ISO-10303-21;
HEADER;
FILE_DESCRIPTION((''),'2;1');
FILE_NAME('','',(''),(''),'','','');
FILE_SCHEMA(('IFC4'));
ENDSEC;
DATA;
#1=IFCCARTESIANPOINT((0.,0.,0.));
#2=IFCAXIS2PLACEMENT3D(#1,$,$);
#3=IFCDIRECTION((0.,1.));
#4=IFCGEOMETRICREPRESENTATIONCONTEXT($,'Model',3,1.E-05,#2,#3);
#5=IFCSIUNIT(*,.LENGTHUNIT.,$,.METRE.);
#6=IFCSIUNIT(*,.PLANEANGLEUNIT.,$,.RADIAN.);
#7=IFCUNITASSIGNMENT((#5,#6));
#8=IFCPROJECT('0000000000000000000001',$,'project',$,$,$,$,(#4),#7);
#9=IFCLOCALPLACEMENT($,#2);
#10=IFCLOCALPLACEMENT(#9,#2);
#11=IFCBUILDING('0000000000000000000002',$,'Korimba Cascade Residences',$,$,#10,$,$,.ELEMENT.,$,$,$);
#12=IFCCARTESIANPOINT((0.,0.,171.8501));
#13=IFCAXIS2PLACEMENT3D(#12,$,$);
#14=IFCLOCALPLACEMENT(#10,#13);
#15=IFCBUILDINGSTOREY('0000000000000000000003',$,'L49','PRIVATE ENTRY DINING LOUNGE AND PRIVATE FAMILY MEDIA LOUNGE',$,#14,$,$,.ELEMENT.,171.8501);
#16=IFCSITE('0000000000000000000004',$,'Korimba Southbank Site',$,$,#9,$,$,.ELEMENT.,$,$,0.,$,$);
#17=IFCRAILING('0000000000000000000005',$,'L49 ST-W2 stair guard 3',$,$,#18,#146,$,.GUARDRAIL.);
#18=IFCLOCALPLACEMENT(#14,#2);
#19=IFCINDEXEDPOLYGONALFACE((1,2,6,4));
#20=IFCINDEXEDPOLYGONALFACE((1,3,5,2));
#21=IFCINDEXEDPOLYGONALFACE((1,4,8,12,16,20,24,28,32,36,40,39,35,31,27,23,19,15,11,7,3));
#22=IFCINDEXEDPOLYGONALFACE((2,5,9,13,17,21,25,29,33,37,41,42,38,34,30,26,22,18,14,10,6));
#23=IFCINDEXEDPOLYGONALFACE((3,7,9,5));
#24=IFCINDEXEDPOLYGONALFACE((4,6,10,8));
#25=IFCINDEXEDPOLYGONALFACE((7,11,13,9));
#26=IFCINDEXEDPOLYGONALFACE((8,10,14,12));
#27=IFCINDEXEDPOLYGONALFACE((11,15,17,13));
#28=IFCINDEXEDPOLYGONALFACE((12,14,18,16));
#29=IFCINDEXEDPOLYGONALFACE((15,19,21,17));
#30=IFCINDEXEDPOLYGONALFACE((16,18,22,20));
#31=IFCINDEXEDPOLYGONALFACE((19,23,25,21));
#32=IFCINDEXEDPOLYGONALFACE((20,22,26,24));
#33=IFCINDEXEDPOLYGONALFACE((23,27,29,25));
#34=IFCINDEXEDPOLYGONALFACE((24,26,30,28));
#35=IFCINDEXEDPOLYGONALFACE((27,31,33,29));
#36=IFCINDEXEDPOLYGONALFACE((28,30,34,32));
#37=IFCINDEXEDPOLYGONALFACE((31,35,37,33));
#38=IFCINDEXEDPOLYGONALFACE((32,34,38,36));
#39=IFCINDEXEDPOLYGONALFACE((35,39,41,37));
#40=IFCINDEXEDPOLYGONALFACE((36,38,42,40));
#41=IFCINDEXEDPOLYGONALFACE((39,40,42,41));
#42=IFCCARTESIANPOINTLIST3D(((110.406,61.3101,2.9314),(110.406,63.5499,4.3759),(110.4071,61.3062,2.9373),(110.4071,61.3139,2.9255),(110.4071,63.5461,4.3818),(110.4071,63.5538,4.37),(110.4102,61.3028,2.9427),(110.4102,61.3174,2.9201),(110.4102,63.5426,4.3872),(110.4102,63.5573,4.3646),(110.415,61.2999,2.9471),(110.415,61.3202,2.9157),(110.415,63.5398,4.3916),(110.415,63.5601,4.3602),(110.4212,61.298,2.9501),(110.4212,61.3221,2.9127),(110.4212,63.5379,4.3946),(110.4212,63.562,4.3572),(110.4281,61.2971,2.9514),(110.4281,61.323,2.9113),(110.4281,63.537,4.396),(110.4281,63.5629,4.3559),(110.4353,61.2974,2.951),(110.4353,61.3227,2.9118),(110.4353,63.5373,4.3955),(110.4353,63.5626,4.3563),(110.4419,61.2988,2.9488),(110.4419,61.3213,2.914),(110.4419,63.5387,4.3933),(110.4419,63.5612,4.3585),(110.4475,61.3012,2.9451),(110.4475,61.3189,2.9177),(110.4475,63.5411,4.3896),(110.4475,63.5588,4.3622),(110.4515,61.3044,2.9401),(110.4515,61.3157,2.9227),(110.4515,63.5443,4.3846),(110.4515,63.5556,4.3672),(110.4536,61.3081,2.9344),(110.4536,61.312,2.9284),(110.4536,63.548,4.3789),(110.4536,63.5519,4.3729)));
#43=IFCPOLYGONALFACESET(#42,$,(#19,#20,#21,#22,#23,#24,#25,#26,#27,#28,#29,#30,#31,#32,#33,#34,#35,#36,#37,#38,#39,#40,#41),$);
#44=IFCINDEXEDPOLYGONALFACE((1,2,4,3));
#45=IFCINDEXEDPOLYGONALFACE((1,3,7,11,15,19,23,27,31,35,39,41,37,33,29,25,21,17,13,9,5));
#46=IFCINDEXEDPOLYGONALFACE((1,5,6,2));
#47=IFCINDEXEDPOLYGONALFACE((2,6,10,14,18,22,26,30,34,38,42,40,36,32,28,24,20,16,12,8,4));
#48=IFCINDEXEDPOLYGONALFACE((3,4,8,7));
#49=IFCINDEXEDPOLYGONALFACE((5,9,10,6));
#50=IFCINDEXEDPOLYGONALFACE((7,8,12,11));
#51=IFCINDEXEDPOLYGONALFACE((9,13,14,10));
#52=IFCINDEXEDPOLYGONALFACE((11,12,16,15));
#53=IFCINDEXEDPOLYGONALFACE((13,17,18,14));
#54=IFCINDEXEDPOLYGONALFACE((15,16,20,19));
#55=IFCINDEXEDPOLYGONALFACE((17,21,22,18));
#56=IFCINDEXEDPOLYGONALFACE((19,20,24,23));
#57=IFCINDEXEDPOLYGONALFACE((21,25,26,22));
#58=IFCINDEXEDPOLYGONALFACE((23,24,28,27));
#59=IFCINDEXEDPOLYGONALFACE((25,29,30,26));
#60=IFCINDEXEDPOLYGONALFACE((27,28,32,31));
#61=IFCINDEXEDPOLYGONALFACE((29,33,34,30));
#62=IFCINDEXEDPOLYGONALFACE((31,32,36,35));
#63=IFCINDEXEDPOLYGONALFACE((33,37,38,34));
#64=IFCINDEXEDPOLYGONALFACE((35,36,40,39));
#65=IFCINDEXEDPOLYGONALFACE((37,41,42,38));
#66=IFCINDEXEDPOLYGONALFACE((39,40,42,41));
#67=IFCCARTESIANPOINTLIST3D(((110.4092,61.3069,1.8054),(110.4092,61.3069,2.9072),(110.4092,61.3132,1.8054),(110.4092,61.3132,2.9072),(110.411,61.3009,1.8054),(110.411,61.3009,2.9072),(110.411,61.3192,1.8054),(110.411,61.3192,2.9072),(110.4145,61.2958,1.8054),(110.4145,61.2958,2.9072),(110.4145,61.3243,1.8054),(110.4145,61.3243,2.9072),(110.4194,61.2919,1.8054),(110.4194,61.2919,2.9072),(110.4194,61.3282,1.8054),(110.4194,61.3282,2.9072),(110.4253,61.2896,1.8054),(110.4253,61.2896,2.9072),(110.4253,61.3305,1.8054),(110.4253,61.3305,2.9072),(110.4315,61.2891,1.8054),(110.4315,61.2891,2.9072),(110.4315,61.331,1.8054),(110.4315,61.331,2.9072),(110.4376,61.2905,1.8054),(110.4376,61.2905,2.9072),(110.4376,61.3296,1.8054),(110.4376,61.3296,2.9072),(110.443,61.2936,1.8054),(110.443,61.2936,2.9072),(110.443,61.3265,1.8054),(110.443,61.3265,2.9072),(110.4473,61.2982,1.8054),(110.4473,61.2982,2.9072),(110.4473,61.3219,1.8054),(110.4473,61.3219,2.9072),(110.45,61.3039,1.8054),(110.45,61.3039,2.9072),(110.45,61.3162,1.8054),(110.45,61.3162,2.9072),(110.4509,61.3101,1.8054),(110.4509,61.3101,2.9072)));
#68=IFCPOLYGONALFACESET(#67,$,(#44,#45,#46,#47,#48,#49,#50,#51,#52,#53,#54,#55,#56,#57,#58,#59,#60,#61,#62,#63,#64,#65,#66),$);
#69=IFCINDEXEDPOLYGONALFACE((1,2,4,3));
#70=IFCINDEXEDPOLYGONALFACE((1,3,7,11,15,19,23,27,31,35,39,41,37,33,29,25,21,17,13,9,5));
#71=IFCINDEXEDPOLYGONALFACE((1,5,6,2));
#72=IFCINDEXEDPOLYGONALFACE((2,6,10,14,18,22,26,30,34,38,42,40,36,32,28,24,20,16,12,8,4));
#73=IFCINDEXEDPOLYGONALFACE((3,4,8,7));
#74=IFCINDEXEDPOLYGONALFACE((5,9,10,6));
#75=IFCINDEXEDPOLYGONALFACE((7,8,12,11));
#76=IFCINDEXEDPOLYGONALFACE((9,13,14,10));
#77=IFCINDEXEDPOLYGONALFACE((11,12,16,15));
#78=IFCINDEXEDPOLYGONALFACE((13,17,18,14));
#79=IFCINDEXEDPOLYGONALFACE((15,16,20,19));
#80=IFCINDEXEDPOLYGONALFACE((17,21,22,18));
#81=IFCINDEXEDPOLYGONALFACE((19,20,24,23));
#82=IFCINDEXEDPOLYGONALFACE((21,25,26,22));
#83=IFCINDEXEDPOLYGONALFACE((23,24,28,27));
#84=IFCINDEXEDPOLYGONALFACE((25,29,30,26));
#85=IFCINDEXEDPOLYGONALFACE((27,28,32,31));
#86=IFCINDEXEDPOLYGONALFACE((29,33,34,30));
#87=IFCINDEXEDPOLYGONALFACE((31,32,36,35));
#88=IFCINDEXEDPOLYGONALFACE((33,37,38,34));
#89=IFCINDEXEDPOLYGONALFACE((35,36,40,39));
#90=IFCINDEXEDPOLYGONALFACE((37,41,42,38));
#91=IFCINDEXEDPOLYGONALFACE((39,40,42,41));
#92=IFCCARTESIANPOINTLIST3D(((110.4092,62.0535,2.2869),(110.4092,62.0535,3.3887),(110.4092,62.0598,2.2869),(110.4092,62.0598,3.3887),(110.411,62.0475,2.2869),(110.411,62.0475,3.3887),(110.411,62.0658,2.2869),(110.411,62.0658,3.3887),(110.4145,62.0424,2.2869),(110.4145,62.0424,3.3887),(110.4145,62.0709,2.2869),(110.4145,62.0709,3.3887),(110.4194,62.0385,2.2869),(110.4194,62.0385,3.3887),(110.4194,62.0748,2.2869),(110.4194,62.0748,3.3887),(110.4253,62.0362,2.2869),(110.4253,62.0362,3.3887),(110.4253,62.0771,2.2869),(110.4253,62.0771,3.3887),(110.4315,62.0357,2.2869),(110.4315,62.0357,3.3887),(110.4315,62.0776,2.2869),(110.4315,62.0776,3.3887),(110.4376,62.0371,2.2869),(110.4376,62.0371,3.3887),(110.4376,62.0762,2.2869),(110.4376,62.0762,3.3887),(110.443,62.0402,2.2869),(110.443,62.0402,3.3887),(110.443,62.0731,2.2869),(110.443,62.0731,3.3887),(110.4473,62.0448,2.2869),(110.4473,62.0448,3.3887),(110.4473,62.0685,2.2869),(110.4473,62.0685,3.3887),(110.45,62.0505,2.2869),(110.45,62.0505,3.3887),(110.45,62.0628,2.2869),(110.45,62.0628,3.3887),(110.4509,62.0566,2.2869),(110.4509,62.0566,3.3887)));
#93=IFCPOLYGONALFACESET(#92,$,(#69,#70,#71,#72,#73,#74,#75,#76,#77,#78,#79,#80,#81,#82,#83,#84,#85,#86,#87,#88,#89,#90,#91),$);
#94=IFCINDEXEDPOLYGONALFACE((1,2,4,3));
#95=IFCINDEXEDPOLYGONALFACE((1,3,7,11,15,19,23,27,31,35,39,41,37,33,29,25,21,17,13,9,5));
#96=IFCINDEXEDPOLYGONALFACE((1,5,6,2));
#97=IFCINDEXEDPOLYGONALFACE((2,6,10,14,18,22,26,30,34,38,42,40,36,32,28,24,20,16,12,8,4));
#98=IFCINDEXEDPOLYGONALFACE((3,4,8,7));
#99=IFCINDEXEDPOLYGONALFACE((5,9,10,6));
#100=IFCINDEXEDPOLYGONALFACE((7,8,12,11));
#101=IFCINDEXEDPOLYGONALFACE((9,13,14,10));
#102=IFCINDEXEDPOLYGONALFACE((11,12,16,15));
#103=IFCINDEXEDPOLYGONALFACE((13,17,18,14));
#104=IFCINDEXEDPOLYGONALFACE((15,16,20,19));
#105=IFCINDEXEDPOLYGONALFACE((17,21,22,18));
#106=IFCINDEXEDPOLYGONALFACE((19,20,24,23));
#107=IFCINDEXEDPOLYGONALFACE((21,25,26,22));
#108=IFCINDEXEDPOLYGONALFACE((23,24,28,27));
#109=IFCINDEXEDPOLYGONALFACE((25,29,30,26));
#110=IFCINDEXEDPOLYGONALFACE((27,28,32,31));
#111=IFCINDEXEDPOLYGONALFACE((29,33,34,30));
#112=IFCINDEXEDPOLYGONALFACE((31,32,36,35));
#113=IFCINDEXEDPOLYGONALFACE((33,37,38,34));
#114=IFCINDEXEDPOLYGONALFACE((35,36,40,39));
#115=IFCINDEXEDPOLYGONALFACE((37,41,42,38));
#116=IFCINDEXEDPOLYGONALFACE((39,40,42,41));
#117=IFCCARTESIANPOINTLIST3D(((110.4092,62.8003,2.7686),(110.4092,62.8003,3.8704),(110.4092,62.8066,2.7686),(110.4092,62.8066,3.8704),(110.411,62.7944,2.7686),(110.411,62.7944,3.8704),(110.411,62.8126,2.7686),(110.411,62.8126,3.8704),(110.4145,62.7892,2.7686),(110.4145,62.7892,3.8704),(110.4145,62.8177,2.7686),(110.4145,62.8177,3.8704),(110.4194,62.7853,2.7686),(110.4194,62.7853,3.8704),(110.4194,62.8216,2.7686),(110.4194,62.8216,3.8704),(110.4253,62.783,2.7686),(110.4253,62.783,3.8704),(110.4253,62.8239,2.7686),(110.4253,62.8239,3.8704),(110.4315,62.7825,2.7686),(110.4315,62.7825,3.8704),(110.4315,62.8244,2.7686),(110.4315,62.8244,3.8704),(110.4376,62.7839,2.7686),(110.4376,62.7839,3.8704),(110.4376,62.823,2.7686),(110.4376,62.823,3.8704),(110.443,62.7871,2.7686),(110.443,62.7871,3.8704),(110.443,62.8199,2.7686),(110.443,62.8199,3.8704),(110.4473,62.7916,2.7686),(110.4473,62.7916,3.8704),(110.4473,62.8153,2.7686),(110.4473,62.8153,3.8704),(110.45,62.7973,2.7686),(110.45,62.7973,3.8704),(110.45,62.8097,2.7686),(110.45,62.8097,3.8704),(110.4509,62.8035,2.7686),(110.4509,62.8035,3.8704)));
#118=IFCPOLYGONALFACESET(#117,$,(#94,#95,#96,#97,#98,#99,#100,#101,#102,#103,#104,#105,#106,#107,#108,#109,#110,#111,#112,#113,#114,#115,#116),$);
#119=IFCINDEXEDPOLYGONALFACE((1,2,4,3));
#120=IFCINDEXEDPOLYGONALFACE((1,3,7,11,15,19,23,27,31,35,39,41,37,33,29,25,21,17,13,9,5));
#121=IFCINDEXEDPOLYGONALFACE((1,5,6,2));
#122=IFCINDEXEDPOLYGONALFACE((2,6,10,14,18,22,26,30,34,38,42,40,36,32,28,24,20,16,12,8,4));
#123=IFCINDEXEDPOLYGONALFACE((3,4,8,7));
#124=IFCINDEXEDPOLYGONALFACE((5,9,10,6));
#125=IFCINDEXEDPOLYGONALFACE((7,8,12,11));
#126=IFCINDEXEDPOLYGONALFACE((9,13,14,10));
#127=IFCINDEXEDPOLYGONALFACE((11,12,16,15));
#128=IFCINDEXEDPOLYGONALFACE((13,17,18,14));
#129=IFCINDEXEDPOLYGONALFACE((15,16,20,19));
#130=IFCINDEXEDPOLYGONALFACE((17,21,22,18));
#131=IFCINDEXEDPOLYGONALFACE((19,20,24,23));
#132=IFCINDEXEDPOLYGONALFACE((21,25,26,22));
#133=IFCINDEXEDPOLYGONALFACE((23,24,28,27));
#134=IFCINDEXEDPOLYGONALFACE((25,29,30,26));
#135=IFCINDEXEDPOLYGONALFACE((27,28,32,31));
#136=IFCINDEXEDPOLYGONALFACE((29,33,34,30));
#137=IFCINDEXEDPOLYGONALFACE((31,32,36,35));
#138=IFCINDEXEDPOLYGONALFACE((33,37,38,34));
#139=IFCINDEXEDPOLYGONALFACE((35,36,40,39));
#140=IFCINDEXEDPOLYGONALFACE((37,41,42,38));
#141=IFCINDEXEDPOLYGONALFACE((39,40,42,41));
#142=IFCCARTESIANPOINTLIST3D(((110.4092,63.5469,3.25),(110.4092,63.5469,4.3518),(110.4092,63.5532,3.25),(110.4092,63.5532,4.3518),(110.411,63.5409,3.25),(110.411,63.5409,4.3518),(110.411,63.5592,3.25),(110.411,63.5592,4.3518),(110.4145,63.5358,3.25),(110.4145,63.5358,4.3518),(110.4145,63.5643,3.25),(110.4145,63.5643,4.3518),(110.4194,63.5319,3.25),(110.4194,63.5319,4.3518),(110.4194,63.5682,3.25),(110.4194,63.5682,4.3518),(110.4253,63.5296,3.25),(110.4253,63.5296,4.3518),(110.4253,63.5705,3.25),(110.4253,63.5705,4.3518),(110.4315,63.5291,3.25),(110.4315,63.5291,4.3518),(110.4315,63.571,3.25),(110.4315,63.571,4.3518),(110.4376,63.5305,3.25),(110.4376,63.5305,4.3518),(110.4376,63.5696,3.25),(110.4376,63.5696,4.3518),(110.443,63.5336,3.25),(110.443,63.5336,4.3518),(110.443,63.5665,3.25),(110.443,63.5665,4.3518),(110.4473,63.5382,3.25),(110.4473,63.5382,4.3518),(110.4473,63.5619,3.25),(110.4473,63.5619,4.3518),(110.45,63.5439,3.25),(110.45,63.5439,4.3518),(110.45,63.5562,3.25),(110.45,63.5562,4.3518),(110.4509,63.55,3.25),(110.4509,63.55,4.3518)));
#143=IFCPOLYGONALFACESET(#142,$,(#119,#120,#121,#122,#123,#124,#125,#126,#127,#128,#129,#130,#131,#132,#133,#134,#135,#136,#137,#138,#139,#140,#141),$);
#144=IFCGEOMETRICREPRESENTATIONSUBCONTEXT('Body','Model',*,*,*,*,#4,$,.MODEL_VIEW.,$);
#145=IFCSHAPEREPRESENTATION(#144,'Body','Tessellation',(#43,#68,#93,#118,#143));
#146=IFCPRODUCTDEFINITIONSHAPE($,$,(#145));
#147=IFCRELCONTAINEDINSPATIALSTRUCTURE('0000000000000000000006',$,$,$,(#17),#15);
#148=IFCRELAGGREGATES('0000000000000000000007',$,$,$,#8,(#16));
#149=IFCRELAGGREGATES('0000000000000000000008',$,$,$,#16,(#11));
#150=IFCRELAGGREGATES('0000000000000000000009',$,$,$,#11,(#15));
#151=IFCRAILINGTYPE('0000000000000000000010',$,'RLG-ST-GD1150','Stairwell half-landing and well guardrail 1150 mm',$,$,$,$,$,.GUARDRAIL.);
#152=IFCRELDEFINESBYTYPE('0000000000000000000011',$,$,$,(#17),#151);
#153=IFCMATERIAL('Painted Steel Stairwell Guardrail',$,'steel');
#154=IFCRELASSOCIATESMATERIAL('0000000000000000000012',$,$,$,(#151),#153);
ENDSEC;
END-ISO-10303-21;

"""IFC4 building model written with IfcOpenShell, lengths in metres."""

from ifc_helpers import new_model, si_unit, direction, frame, origin, origin_2d, place, context, subcontext, project, spatial, circle, extrude, material, type_object, element, save


model = new_model("IFC4")

# Units and contexts
model_context = context("Model", 3, precision=1e-05, world=origin(), true_north=direction((0.0, 1.0)))
body_context = subcontext(model_context, "Body", "Model", "MODEL_VIEW")
ifc_project = project(units=[si_unit("LENGTHUNIT", "METRE"), si_unit("PLANEANGLEUNIT", "RADIAN")], contexts=[model_context])

# Site, building, storey
site_placement = place(None, origin())
site = spatial("IfcSite", under=ifc_project, at=site_placement, Name="Korimba Southbank Site", CompositionType="ELEMENT", RefElevation=0.0)
building_placement = place(site_placement, origin())
building = spatial("IfcBuilding", under=site, at=building_placement, Name="Korimba Cascade Residences", CompositionType="ELEMENT")
storey_placement = place(building_placement, frame((0.0, 0.0, 171.8501)))
storey = spatial("IfcBuildingStorey", under=building, at=storey_placement, Name="L49", Description="PRIVATE ENTRY DINING LOUNGE AND PRIVATE FAMILY MEDIA LOUNGE", CompositionType="ELEMENT", Elevation=171.8501)

# Railing
ifc_material_1 = material(Name="Painted Steel Stairwell Guardrail", Category="steel")
railing_type_1 = type_object("IfcRailingType", Name="RLG-ST-GD1150", Description="Stairwell half-landing and well guardrail 1150 mm", PredefinedType="GUARDRAIL", material=ifc_material_1)
railing_1_placement = place(storey_placement, frame((110.4299, 61.3101, 1.8054)))
element("IfcRailing", 1, at=railing_1_placement, inside=storey, type_object=railing_type_1, Name="L49 ST-W2 stair guard 3", PredefinedType="GUARDRAIL", context=body_context, shape_type="SweptSolid", body=[
    extrude(circle(Radius=0.0239, at=origin_2d()), frame((0.0, 0.0, 1.126), z_axis=(0.0, 0.840395, 0.541975), x_axis=(-1.0, 0.0, 0.0)), (0.0, 0.0, 1.0), 2.6653),
    extrude(circle(Radius=0.021, at=origin_2d()), origin(), (0.0, 0.0, 1.0), 1.1018),
    extrude(circle(Radius=0.021, at=origin_2d()), frame((0.0, 0.7466, 0.4814)), (0.0, 0.0, 1.0), 1.1018),
    extrude(circle(Radius=0.021, at=origin_2d()), frame((0.0, 1.4934, 0.9631)), (0.0, 0.0, 1.0), 1.1018),
    extrude(circle(Radius=0.021, at=origin_2d()), frame((0.0, 2.24, 1.4446)), (0.0, 0.0, 1.0), 1.1018),
])

save(model, "model.ifc")
